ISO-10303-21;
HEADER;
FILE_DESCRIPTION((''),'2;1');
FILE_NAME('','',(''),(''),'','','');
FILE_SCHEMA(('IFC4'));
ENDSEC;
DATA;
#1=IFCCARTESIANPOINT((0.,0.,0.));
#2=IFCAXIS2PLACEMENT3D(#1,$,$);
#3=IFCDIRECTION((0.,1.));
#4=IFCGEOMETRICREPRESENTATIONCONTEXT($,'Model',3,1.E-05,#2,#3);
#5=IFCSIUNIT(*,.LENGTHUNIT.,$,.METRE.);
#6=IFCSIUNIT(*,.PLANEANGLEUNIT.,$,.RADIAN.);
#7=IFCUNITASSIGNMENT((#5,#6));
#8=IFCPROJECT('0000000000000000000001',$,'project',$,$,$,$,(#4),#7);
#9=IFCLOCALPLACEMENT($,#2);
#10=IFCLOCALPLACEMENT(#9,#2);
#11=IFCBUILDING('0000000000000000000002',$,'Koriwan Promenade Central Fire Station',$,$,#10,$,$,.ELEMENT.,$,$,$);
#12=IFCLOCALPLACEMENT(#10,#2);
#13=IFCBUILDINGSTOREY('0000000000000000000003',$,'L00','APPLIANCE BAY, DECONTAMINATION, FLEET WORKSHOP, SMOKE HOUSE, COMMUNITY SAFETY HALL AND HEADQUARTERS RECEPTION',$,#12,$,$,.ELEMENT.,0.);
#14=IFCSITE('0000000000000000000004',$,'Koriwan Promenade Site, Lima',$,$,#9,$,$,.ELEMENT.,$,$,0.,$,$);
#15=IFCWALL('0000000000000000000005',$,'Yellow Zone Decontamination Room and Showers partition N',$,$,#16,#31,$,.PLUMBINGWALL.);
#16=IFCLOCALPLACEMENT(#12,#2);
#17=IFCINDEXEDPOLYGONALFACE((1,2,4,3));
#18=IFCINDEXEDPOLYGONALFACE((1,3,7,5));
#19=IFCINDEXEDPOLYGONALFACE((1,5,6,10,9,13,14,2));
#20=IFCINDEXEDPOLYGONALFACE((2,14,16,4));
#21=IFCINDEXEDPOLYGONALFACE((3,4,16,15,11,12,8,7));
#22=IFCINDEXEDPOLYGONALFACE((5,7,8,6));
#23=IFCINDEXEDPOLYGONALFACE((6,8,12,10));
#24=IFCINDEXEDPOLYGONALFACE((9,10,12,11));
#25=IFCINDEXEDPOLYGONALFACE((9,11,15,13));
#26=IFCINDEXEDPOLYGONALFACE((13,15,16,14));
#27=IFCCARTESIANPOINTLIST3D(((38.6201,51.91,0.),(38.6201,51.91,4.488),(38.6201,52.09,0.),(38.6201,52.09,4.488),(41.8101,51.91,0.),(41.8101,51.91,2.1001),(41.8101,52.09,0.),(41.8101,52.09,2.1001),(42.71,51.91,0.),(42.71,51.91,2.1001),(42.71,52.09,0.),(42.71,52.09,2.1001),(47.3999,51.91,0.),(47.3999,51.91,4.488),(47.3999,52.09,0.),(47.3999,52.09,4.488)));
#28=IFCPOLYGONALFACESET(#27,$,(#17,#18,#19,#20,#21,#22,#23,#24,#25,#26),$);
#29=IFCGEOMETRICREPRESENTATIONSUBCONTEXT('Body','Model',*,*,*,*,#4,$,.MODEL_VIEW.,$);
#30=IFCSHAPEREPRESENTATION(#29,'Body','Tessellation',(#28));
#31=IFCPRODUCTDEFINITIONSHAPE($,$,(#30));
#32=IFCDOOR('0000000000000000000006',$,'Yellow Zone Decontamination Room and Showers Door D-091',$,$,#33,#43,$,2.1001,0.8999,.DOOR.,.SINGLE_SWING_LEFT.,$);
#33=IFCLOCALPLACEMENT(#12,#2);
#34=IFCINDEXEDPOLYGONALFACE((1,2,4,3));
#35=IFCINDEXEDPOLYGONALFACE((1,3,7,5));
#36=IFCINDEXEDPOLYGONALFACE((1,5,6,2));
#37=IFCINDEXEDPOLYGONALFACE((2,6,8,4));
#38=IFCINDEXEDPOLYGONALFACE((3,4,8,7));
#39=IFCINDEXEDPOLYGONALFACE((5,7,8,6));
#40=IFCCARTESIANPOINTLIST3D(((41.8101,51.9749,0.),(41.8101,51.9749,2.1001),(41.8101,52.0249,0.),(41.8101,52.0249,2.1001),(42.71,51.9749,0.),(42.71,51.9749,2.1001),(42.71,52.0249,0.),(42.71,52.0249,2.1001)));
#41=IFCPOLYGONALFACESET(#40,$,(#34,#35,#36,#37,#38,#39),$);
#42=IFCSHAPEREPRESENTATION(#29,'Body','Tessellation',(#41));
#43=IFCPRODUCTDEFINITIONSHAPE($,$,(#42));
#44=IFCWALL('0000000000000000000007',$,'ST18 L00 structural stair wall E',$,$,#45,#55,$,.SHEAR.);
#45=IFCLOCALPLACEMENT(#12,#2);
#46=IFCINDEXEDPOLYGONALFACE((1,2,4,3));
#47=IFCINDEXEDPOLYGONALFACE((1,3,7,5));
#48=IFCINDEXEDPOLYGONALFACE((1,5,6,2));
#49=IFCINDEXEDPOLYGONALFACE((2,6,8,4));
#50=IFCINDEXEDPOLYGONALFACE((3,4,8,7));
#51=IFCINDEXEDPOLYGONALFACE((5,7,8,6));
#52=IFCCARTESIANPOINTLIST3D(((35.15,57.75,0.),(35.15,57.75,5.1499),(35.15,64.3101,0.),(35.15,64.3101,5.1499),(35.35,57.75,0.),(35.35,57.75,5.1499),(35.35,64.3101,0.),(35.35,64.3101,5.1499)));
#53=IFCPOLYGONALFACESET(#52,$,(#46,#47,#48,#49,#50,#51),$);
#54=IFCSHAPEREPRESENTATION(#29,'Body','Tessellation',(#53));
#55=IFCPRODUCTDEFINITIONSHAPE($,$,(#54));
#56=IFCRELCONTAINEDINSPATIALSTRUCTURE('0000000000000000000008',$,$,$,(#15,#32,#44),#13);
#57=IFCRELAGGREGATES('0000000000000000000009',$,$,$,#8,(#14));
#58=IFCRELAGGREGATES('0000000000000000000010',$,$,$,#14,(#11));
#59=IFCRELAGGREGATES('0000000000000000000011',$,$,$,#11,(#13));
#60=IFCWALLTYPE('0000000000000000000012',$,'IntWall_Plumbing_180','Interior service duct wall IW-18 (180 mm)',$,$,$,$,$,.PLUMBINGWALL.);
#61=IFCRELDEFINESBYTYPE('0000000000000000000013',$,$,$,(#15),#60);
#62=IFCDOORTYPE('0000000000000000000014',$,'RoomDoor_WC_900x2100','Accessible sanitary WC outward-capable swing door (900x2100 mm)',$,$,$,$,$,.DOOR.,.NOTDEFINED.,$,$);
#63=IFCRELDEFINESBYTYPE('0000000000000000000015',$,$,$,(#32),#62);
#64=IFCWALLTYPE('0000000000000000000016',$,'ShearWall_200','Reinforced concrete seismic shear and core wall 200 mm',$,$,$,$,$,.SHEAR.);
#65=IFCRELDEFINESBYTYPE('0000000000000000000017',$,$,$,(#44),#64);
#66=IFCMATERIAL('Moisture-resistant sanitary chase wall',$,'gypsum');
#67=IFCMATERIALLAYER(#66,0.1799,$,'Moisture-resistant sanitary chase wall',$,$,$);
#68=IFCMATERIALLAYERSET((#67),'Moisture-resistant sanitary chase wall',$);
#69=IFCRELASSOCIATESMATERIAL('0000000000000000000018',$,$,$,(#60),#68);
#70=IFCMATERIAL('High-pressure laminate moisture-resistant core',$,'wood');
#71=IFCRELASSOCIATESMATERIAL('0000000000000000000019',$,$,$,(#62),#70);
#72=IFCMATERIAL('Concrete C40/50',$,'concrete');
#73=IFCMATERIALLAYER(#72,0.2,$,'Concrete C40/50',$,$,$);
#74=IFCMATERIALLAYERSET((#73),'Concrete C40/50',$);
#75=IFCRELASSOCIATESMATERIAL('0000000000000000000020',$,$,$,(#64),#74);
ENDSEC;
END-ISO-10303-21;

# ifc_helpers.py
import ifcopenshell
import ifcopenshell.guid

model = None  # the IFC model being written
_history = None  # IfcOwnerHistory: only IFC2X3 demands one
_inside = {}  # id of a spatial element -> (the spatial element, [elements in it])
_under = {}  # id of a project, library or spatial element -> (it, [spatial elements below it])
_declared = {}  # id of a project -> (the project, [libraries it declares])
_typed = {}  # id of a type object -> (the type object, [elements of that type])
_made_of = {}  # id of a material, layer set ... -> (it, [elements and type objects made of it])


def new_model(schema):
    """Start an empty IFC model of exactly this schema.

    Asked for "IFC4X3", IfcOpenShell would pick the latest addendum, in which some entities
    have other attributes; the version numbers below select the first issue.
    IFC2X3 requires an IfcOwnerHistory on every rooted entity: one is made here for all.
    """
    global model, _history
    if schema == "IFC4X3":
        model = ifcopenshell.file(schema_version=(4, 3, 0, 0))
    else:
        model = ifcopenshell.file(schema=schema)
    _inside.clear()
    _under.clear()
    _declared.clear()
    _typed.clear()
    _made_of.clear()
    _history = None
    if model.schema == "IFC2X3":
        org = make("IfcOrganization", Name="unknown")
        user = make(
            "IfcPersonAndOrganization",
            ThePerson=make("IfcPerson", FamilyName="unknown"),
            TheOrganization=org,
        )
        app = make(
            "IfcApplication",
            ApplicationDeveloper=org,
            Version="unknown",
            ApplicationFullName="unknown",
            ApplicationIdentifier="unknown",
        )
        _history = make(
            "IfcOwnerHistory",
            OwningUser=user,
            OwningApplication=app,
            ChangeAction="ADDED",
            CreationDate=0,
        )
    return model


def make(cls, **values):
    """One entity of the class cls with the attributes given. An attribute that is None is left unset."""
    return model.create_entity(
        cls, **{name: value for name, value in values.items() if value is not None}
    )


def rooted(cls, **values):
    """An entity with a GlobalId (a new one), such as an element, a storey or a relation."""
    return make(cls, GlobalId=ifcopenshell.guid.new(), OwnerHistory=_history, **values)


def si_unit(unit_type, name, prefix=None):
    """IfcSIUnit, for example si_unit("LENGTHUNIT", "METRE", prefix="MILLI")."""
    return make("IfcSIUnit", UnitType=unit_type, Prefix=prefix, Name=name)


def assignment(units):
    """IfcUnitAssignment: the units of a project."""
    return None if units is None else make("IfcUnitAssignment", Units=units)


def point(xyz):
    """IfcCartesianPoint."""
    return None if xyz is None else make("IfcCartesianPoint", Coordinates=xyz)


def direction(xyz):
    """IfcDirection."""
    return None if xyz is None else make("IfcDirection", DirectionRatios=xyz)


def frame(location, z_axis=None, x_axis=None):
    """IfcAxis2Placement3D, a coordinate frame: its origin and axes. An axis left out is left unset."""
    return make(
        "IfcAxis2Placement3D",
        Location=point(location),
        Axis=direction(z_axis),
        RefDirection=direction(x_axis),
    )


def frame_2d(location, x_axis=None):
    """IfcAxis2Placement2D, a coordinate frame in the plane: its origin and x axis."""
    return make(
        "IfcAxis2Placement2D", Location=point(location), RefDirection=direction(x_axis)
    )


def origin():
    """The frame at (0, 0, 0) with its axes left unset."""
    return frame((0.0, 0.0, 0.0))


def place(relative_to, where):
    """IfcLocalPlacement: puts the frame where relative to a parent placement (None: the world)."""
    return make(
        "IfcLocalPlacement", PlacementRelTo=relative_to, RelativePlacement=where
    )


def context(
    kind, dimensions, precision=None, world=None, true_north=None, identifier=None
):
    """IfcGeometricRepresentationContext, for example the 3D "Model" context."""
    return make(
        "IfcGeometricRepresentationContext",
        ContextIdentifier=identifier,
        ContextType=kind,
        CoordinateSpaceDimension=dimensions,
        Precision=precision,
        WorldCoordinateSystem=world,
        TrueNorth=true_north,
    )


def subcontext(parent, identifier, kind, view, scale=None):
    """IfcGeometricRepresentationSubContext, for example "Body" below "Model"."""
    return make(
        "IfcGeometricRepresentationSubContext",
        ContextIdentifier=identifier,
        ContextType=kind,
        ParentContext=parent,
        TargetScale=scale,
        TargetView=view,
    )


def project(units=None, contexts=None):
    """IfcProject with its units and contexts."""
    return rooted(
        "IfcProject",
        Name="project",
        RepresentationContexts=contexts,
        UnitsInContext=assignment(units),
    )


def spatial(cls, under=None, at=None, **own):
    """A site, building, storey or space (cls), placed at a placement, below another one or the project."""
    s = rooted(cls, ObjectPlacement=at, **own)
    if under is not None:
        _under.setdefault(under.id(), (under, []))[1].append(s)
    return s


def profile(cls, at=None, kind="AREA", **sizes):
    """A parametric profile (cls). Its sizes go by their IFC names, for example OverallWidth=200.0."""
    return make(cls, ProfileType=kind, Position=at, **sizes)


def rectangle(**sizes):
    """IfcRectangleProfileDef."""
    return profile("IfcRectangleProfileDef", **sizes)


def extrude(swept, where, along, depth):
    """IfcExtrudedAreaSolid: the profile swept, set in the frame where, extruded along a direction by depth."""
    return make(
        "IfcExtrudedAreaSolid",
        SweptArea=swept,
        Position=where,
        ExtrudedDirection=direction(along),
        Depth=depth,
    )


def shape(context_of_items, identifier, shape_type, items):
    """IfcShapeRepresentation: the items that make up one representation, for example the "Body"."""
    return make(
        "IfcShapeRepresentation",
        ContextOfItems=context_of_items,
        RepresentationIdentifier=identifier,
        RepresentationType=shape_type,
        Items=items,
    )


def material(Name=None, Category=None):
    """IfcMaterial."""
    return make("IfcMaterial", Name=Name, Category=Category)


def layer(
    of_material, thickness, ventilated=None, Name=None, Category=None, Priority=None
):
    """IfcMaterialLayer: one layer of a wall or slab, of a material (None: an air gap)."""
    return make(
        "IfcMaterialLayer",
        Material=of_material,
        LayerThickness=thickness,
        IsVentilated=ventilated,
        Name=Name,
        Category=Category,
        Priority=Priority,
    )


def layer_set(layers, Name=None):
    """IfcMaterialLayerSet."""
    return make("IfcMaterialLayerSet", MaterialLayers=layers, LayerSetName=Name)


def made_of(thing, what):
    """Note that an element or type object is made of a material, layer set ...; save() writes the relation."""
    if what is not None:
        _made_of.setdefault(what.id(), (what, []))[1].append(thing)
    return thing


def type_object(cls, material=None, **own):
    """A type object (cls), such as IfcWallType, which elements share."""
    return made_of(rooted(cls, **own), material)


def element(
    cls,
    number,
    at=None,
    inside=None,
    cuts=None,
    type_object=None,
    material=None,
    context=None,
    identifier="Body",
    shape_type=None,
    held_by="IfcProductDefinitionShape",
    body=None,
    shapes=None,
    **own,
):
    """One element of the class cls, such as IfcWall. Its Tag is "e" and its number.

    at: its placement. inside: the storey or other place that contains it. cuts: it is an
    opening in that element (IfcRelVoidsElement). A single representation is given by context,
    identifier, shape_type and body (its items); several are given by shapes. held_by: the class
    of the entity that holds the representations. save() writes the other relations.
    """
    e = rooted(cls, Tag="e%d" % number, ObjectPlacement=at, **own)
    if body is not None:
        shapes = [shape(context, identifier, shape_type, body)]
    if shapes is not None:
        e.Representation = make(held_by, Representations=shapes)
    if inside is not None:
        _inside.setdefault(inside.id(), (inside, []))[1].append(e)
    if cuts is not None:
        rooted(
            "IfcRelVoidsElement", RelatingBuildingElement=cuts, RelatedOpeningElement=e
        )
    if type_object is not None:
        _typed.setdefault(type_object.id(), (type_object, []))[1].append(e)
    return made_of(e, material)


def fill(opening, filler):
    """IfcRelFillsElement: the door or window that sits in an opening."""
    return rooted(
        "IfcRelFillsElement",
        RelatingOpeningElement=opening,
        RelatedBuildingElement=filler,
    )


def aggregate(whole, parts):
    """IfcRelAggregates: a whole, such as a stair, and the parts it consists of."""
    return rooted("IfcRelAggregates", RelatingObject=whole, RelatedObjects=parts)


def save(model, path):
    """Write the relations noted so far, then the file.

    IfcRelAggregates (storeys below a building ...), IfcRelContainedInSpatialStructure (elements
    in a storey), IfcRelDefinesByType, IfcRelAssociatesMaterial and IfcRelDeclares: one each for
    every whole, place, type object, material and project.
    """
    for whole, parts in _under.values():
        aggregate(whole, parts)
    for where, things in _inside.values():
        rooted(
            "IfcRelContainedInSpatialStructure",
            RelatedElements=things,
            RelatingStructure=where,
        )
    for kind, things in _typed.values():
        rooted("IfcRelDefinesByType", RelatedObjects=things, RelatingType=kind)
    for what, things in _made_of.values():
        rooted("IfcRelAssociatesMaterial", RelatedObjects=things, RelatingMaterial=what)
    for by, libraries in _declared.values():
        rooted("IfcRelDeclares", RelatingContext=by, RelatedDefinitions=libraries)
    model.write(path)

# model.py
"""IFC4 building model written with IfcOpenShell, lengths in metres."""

from ifc_helpers import new_model, si_unit, direction, frame, frame_2d, origin, place, context, subcontext, project, spatial, rectangle, extrude, material, layer, layer_set, type_object, element, fill, save


model = new_model("IFC4")

# Units and contexts
model_context = context("Model", 3, precision=1e-05, world=origin(), true_north=direction((0.0, 1.0)))
body_context = subcontext(model_context, "Body", "Model", "MODEL_VIEW")
ifc_project = project(units=[si_unit("LENGTHUNIT", "METRE"), si_unit("PLANEANGLEUNIT", "RADIAN")], contexts=[model_context])

# Site, building, storey
site_placement = place(None, origin())
site = spatial("IfcSite", under=ifc_project, at=site_placement, Name="Koriwan Promenade Site, Lima", CompositionType="ELEMENT", RefElevation=0.0)
building_placement = place(site_placement, origin())
building = spatial("IfcBuilding", under=site, at=building_placement, Name="Koriwan Promenade Central Fire Station", CompositionType="ELEMENT")
storey_placement = place(building_placement, origin())
storey = spatial("IfcBuildingStorey", under=building, at=storey_placement, Name="L00", Description="APPLIANCE BAY, DECONTAMINATION, FLEET WORKSHOP, SMOKE HOUSE, COMMUNITY SAFETY HALL AND HEADQUARTERS RECEPTION", CompositionType="ELEMENT", Elevation=0.0)

# Shared definitions
ifc_material_1 = material(Name="Concrete C40/50", Category="concrete")

# Wall, opening, door
ifc_material_2 = material(Name="Moisture-resistant sanitary chase wall", Category="gypsum")
ifc_layer_1 = layer(ifc_material_2, 0.1799, Name="Moisture-resistant sanitary chase wall")
ifc_layer_set_1 = layer_set([ifc_layer_1], Name="Moisture-resistant sanitary chase wall")
wall_type_1 = type_object("IfcWallType", Name="IntWall_Plumbing_180", Description="Interior service duct wall IW-18 (180 mm)", PredefinedType="PLUMBINGWALL", material=ifc_layer_set_1)
wall_1_placement = place(storey_placement, frame((38.6201, 52.0, 0.0), z_axis=(0.0, 0.0, 1.0), x_axis=(1.0, 0.0, 0.0)))
wall_1 = element("IfcWall", 1, at=wall_1_placement, inside=storey, type_object=wall_type_1, Name="Yellow Zone Decontamination Room and Showers partition N", PredefinedType="PLUMBINGWALL", context=body_context, shape_type="SweptSolid", body=[
    extrude(rectangle(XDim=8.7798, YDim=0.1799, at=frame_2d((4.3899, 0.0))), origin(), (0.0, 0.0, 1.0), 4.488),
])
opening_1_placement = place(wall_1_placement, frame((3.1899, 0.0, 0.0)))
opening_1 = element("IfcOpeningElement", 2, at=opening_1_placement, cuts=wall_1, PredefinedType="OPENING", context=body_context, shape_type="SweptSolid", body=[
    extrude(rectangle(XDim=0.8999, YDim=2.1001, at=frame_2d((0.45, 1.05))), frame((0.0, 0.1021, 0.0), z_axis=(0.0, -1.0, 0.0), x_axis=(1.0, 0.0, 0.0)), (0.0, 0.0, 1.0), 0.2039),
])
ifc_material_3 = material(Name="High-pressure laminate moisture-resistant core", Category="wood")
door_type_1 = type_object("IfcDoorType", Name="RoomDoor_WC_900x2100", Description="Accessible sanitary WC outward-capable swing door (900x2100 mm)", OperationType="NOTDEFINED", PredefinedType="DOOR", material=ifc_material_3)
door_1_placement = place(opening_1_placement, origin())
door_1 = element("IfcDoor", 3, at=door_1_placement, inside=storey, type_object=door_type_1, Name="Yellow Zone Decontamination Room and Showers Door D-091", OperationType="SINGLE_SWING_LEFT", OverallHeight=2.1001, OverallWidth=0.8999, PredefinedType="DOOR", context=body_context, shape_type="SweptSolid", body=[
    extrude(rectangle(XDim=0.8999, YDim=2.1001, at=frame_2d((0.45, 1.05))), frame((0.0, 0.0249, 0.0), z_axis=(0.0, -1.0, 0.0), x_axis=(1.0, 0.0, 0.0)), (0.0, 0.0, 1.0), 0.05),
])
fill(opening_1, door_1)

# Wall
ifc_layer_2 = layer(ifc_material_1, 0.2, Name="Concrete C40/50")
ifc_layer_set_2 = layer_set([ifc_layer_2], Name="Concrete C40/50")
wall_type_2 = type_object("IfcWallType", Name="ShearWall_200", Description="Reinforced concrete seismic shear and core wall 200 mm", PredefinedType="SHEAR", material=ifc_layer_set_2)
wall_2_placement = place(storey_placement, frame((35.25, 57.75, 0.0), z_axis=(0.0, 0.0, 1.0), x_axis=(0.0, 1.0, 0.0)))
element("IfcWall", 4, at=wall_2_placement, inside=storey, type_object=wall_type_2, Name="ST18 L00 structural stair wall E", PredefinedType="SHEAR", context=body_context, shape_type="SweptSolid", body=[
    extrude(rectangle(XDim=6.5601, YDim=0.2, at=frame_2d((3.28, 0.0))), origin(), (0.0, 0.0, 1.0), 5.1499),
])

save(model, "model.ifc")
